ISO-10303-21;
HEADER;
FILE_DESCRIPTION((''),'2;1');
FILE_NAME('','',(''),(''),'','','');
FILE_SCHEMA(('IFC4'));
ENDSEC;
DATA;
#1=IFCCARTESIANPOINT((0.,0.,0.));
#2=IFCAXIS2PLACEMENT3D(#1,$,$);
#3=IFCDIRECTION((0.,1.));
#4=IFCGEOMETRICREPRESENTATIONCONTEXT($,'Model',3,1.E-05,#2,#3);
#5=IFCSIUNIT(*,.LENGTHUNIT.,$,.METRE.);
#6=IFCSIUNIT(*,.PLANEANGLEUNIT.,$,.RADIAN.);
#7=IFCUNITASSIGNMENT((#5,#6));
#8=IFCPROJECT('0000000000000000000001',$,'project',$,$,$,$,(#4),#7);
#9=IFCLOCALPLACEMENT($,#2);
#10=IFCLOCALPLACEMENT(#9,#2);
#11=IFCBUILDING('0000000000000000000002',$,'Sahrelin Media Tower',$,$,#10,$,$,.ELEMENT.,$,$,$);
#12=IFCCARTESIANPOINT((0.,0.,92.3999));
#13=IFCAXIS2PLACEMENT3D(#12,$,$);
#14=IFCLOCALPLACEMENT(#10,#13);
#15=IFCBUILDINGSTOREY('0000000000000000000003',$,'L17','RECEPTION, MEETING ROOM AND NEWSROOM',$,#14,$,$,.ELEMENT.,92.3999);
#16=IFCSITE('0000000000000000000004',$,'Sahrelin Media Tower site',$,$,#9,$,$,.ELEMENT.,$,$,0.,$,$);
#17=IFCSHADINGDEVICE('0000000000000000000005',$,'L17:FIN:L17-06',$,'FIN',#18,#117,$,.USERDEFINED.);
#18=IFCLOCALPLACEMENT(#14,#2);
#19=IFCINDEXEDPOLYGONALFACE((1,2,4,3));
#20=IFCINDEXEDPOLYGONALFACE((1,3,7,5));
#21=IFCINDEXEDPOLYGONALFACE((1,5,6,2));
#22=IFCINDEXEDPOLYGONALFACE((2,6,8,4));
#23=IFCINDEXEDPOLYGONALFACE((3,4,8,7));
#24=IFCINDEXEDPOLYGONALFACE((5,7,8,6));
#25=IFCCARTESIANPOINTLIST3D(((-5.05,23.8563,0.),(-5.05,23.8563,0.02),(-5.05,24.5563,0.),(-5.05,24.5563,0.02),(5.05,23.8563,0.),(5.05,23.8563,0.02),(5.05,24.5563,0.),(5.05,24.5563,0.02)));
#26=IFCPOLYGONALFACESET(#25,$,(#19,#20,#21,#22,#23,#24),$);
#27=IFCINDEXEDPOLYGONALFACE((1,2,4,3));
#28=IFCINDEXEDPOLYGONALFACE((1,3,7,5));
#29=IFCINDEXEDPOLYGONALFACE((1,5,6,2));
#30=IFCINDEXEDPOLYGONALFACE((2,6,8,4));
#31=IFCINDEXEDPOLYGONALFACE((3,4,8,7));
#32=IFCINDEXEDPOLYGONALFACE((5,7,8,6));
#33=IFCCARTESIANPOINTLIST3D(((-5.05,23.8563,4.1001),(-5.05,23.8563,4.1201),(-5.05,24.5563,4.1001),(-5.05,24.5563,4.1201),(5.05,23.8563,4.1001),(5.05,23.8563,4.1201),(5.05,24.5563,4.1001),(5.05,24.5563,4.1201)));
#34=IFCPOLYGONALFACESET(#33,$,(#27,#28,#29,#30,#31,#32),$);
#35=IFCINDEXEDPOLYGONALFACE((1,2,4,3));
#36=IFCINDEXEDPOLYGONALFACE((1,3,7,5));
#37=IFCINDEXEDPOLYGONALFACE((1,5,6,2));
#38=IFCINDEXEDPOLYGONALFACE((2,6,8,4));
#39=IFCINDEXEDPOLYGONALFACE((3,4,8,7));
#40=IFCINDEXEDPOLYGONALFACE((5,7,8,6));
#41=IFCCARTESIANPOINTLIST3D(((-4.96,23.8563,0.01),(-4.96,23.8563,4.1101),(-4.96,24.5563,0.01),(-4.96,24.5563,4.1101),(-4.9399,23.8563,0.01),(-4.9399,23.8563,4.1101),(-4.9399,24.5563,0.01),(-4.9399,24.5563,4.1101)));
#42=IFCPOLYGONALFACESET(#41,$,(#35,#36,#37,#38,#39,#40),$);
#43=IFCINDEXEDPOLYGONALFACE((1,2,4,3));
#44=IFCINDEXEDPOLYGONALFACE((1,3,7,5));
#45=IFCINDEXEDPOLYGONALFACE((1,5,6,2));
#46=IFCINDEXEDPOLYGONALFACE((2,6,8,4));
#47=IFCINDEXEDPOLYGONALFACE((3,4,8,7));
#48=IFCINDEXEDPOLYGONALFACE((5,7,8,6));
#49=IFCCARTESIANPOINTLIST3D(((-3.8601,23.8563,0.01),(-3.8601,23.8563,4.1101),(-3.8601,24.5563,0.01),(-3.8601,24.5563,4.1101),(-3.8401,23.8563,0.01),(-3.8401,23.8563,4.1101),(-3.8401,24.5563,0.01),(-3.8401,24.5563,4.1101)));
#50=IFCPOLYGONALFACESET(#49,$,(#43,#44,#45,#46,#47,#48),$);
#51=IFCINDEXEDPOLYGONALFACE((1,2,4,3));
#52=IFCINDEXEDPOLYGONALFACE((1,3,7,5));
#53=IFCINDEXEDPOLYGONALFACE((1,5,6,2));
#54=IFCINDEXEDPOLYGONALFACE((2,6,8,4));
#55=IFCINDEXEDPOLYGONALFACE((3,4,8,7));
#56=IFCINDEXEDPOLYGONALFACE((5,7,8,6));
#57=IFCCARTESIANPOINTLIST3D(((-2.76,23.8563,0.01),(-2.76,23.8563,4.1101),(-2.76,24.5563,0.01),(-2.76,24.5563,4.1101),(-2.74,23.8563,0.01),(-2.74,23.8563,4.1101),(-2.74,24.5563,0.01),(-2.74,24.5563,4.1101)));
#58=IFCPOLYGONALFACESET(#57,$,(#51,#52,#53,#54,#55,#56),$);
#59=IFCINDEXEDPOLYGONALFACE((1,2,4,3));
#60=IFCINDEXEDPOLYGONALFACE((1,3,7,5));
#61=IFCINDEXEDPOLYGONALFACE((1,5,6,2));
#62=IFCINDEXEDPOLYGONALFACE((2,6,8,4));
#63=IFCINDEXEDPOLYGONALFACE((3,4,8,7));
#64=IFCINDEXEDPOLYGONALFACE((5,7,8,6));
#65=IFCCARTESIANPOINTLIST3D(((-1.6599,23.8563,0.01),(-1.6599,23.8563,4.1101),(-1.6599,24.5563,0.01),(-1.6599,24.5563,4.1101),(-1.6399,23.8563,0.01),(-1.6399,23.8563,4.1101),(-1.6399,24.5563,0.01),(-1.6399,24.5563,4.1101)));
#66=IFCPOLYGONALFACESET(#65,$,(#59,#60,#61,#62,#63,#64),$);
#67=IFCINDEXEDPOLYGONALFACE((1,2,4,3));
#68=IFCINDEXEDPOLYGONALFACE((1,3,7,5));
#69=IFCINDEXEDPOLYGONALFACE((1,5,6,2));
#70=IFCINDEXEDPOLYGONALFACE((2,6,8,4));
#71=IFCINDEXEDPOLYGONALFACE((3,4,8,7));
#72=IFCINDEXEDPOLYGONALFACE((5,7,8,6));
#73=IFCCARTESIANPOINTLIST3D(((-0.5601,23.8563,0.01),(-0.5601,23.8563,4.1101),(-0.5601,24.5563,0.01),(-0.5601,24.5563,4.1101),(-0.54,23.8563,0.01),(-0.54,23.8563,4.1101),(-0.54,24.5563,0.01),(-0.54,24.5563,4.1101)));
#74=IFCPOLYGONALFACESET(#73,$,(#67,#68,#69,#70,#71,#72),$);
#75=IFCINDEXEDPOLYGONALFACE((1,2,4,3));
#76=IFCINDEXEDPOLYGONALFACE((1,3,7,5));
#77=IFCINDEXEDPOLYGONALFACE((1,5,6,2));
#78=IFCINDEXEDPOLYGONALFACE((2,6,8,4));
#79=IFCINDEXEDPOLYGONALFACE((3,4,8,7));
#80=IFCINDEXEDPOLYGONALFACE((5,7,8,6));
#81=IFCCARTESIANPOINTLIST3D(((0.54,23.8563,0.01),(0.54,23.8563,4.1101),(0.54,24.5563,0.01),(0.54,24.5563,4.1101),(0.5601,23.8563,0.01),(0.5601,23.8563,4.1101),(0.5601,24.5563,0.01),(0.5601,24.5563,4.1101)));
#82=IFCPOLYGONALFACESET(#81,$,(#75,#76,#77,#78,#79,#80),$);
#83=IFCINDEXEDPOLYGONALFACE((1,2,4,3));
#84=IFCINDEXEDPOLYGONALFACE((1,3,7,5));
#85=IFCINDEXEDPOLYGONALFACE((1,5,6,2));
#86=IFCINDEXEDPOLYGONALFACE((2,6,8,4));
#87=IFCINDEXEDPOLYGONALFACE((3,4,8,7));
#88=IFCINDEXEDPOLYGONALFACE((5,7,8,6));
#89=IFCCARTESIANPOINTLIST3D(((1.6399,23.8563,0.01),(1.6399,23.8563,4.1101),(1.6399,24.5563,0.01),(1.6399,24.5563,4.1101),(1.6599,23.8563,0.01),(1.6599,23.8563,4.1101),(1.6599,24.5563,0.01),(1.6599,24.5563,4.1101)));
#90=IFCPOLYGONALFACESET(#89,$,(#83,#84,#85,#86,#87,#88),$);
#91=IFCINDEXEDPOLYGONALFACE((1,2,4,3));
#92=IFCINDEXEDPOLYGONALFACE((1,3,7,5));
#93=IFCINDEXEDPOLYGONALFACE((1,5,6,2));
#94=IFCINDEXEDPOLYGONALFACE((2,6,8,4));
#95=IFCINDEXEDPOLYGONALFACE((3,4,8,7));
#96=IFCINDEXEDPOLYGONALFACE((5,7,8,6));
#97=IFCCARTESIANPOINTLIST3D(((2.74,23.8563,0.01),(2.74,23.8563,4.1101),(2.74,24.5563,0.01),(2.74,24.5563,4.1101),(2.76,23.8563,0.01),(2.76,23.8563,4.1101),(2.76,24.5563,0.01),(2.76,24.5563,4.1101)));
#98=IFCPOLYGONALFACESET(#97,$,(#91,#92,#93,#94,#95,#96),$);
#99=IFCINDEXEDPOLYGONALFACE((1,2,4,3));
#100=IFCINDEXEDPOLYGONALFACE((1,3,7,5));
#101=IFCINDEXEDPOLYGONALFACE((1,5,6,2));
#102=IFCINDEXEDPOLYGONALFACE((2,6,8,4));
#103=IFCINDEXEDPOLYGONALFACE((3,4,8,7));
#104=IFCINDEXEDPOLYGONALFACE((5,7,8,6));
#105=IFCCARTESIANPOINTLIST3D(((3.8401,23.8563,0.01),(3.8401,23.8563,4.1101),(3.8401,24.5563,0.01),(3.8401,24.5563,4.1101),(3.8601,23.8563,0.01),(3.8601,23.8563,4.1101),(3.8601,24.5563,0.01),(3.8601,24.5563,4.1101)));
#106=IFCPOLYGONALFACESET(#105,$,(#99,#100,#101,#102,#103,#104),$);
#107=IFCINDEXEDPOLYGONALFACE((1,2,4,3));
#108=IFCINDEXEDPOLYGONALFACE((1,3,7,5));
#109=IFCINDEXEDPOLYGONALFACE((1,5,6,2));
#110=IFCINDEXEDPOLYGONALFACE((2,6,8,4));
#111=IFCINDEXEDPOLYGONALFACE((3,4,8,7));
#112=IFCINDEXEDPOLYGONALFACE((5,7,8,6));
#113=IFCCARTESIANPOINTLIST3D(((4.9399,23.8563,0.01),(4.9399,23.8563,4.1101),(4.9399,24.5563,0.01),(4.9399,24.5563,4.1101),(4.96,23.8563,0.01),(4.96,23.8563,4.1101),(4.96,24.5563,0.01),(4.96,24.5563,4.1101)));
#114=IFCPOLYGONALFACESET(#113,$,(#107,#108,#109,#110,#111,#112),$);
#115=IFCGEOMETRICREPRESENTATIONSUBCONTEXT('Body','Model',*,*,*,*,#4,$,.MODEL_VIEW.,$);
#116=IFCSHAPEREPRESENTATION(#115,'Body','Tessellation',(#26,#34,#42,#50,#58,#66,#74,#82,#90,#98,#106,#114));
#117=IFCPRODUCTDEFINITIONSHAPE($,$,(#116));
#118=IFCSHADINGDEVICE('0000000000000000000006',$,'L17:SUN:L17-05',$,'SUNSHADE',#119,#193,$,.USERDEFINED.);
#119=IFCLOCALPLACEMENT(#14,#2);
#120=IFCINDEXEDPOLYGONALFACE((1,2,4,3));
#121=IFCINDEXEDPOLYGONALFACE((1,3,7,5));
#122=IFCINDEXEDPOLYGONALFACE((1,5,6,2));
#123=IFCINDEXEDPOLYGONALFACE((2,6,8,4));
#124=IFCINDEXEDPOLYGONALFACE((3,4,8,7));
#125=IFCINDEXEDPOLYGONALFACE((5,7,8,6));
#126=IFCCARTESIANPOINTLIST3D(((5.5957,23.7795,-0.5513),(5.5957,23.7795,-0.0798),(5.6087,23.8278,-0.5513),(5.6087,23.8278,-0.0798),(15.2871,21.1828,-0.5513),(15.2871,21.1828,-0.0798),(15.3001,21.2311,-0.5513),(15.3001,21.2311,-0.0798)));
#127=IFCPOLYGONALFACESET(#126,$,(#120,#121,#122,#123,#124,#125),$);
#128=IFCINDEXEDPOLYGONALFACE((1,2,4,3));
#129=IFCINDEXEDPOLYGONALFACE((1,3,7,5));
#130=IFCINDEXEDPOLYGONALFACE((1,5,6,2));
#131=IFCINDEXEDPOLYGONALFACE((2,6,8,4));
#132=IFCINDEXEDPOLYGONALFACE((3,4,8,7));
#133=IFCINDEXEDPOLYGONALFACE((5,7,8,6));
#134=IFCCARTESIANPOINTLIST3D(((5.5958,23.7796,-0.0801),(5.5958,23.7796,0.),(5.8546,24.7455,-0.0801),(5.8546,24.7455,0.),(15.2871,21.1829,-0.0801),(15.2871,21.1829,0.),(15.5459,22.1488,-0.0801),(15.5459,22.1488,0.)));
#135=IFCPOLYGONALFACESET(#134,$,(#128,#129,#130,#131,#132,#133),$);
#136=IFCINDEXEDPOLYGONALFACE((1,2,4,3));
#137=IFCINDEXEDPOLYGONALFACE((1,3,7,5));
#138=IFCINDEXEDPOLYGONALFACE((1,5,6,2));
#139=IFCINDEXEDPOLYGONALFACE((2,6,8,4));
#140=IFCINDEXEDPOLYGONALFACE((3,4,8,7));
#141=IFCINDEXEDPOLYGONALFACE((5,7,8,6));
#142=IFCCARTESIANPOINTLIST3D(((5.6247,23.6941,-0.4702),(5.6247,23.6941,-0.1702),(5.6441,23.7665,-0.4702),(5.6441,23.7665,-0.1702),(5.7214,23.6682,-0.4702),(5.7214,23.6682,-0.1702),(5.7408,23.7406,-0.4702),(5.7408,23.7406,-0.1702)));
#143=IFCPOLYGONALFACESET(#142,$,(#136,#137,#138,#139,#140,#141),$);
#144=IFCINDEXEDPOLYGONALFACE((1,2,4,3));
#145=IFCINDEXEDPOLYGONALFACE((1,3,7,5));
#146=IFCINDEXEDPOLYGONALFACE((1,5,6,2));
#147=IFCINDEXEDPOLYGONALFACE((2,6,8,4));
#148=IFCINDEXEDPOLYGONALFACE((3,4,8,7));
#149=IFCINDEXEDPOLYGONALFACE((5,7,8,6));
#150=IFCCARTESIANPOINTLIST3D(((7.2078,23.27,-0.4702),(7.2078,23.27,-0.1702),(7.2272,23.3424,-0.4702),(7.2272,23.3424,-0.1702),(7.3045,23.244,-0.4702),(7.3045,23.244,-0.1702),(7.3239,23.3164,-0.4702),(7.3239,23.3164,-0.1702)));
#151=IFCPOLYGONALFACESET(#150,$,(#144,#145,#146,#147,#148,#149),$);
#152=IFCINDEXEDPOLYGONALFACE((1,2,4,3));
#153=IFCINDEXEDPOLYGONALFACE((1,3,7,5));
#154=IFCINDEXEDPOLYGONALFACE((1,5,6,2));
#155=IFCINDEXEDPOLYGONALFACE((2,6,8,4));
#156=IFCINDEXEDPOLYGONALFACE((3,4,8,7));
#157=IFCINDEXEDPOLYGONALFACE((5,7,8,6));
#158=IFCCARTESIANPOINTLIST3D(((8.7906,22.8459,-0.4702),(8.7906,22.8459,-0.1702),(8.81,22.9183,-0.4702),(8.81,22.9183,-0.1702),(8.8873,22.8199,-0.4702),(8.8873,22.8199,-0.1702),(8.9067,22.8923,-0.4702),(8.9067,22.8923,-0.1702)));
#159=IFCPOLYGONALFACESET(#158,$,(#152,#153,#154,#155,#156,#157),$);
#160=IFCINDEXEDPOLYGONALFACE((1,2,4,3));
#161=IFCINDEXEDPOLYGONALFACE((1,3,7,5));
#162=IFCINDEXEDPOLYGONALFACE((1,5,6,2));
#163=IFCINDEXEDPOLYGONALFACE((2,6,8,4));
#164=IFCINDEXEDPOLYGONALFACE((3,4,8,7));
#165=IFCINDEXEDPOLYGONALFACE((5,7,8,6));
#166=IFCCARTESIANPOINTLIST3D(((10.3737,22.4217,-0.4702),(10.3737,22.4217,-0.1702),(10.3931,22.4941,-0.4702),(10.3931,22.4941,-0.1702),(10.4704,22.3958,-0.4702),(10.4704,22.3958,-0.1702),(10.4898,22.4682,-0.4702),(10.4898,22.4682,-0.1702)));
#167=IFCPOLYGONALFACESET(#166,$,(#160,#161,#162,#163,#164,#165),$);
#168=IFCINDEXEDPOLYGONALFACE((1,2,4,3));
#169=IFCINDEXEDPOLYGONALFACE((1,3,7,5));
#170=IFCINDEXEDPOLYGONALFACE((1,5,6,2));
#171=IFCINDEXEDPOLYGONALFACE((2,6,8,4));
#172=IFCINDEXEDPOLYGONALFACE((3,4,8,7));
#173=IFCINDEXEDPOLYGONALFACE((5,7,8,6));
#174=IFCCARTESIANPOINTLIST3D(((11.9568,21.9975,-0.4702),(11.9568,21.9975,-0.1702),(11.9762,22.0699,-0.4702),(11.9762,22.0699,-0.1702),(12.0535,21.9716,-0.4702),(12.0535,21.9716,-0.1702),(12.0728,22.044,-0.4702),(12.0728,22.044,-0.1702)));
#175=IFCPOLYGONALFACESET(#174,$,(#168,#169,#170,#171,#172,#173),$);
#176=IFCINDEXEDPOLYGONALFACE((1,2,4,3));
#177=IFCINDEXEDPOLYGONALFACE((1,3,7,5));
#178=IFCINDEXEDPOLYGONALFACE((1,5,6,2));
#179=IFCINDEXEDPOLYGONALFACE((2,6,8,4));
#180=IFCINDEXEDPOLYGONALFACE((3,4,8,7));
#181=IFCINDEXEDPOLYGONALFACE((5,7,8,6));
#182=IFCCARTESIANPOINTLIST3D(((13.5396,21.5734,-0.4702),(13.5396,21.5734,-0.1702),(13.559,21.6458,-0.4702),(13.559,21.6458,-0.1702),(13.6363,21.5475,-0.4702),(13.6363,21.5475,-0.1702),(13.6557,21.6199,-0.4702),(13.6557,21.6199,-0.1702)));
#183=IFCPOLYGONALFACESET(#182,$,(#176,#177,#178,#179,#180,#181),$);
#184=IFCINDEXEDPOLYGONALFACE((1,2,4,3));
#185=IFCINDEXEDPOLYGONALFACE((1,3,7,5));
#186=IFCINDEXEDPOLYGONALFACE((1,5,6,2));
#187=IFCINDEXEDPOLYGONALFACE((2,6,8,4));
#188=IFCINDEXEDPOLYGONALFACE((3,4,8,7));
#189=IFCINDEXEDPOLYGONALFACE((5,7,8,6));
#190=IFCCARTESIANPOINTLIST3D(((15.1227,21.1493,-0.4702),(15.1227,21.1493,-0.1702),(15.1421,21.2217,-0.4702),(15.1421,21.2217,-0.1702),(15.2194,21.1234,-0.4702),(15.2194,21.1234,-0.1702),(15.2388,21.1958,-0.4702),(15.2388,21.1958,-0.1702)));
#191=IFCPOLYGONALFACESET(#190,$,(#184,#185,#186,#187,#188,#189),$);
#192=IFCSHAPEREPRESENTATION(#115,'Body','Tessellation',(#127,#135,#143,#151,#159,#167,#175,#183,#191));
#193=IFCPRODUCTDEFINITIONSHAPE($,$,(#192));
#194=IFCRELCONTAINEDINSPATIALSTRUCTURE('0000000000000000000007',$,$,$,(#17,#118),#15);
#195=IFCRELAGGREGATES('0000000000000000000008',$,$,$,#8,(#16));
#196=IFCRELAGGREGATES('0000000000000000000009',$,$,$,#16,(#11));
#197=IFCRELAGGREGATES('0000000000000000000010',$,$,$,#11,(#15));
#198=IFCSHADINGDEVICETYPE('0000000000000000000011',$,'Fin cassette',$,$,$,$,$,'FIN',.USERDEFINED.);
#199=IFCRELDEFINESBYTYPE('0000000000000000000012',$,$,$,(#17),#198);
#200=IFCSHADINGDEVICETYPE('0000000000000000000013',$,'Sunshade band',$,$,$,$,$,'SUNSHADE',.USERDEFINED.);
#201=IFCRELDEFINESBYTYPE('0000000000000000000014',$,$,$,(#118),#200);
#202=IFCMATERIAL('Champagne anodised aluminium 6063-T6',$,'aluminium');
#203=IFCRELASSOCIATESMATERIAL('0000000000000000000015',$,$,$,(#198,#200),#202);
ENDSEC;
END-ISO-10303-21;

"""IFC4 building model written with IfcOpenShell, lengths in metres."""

from ifc_helpers import new_model, si_unit, direction, frame, origin, origin_2d, place, context, subcontext, project, spatial, rectangle, extrude, material, type_object, element, save


model = new_model("IFC4")

# Units and contexts
model_context = context("Model", 3, precision=1e-05, world=origin(), true_north=direction((0.0, 1.0)))
body_context = subcontext(model_context, "Body", "Model", "MODEL_VIEW")
ifc_project = project(units=[si_unit("LENGTHUNIT", "METRE"), si_unit("PLANEANGLEUNIT", "RADIAN")], contexts=[model_context])

# Site, building, storey
site_placement = place(None, origin())
site = spatial("IfcSite", under=ifc_project, at=site_placement, Name="Sahrelin Media Tower site", CompositionType="ELEMENT", RefElevation=0.0)
building_placement = place(site_placement, origin())
building = spatial("IfcBuilding", under=site, at=building_placement, Name="Sahrelin Media Tower", CompositionType="ELEMENT")
storey_placement = place(building_placement, frame((0.0, 0.0, 92.3999)))
storey = spatial("IfcBuildingStorey", under=building, at=storey_placement, Name="L17", Description="RECEPTION, MEETING ROOM AND NEWSROOM", CompositionType="ELEMENT", Elevation=92.3999)

# Shared definitions
ifc_material_1 = material(Name="Champagne anodised aluminium 6063-T6", Category="aluminium")
placement_1 = place(storey_placement, frame((0.0, 23.7864, 0.0), z_axis=(0.0, 0.0, 1.0), x_axis=(1.0, 0.0, 0.0)))

# Shading devices
shading_device_type_1 = type_object("IfcShadingDeviceType", Name="Fin cassette", ElementType="FIN", PredefinedType="USERDEFINED", material=ifc_material_1)
placement_2 = place(storey_placement, frame((10.4363, 22.4619, 0.0), z_axis=(0.0, 0.0, 1.0), x_axis=(0.965929, -0.258808, 0.0)))
element("IfcShadingDevice", 1, at=placement_1, inside=storey, type_object=shading_device_type_1, Name="L17:FIN:L17-06", ObjectType="FIN", PredefinedType="USERDEFINED", context=body_context, shape_type="SweptSolid", body=[
    extrude(rectangle(XDim=10.1001, YDim=0.7, at=origin_2d()), frame((0.0, 0.4199, 0.0)), (0.0, 0.0, 1.0), 0.02),
    extrude(rectangle(XDim=10.1001, YDim=0.7, at=origin_2d()), frame((0.0, 0.4199, 4.1001)), (0.0, 0.0, 1.0), 0.02),
    extrude(rectangle(XDim=0.02, YDim=0.7, at=origin_2d()), frame((-4.95, 0.4199, 0.01), z_axis=(0.0, 0.0, 1.0), x_axis=(1.0, 0.0, 0.0)), (0.0, 0.0, 1.0), 4.1001),
    extrude(rectangle(XDim=0.02, YDim=0.7, at=origin_2d()), frame((-3.8501, 0.4199, 0.01), z_axis=(0.0, 0.0, 1.0), x_axis=(1.0, 0.0, 0.0)), (0.0, 0.0, 1.0), 4.1001),
    extrude(rectangle(XDim=0.02, YDim=0.7, at=origin_2d()), frame((-2.75, 0.4199, 0.01), z_axis=(0.0, 0.0, 1.0), x_axis=(1.0, 0.0, 0.0)), (0.0, 0.0, 1.0), 4.1001),
    extrude(rectangle(XDim=0.02, YDim=0.7, at=origin_2d()), frame((-1.6499, 0.4199, 0.01), z_axis=(0.0, 0.0, 1.0), x_axis=(1.0, 0.0, 0.0)), (0.0, 0.0, 1.0), 4.1001),
    extrude(rectangle(XDim=0.02, YDim=0.7, at=origin_2d()), frame((-0.55, 0.4199, 0.01), z_axis=(0.0, 0.0, 1.0), x_axis=(1.0, 0.0, 0.0)), (0.0, 0.0, 1.0), 4.1001),
    extrude(rectangle(XDim=0.02, YDim=0.7, at=origin_2d()), frame((0.55, 0.4199, 0.01), z_axis=(0.0, 0.0, 1.0), x_axis=(1.0, 0.0, 0.0)), (0.0, 0.0, 1.0), 4.1001),
    extrude(rectangle(XDim=0.02, YDim=0.7, at=origin_2d()), frame((1.6499, 0.4199, 0.01), z_axis=(0.0, 0.0, 1.0), x_axis=(1.0, 0.0, 0.0)), (0.0, 0.0, 1.0), 4.1001),
    extrude(rectangle(XDim=0.02, YDim=0.7, at=origin_2d()), frame((2.75, 0.4199, 0.01), z_axis=(0.0, 0.0, 1.0), x_axis=(1.0, 0.0, 0.0)), (0.0, 0.0, 1.0), 4.1001),
    extrude(rectangle(XDim=0.02, YDim=0.7, at=origin_2d()), frame((3.8501, 0.4199, 0.01), z_axis=(0.0, 0.0, 1.0), x_axis=(1.0, 0.0, 0.0)), (0.0, 0.0, 1.0), 4.1001),
    extrude(rectangle(XDim=0.02, YDim=0.7, at=origin_2d()), frame((4.95, 0.4199, 0.01), z_axis=(0.0, 0.0, 1.0), x_axis=(1.0, 0.0, 0.0)), (0.0, 0.0, 1.0), 4.1001),
])
shading_device_type_2 = type_object("IfcShadingDeviceType", Name="Sunshade band", ElementType="SUNSHADE", PredefinedType="USERDEFINED", material=ifc_material_1)
element("IfcShadingDevice", 2, at=placement_2, inside=storey, type_object=shading_device_type_2, Name="L17:SUN:L17-05", ObjectType="SUNSHADE", PredefinedType="USERDEFINED", context=body_context, shape_type="SweptSolid", body=[
    extrude(rectangle(XDim=10.0332, YDim=0.05, at=origin_2d()), frame((0.0, 0.0449, -0.5513)), (0.0, 0.0, 1.0), 0.4714),
    extrude(rectangle(XDim=10.0332, YDim=1.0, at=origin_2d()), frame((0.0, 0.52, -0.0801)), (0.0, 0.0, 1.0), 0.0801),
    extrude(rectangle(XDim=0.1001, YDim=0.075, at=origin_2d()), frame((-4.9165, -0.0176, -0.4702)), (0.0, 0.0, 1.0), 0.3),
    extrude(rectangle(XDim=0.1001, YDim=0.075, at=origin_2d()), frame((-3.2776, -0.0176, -0.4702)), (0.0, 0.0, 1.0), 0.3),
    extrude(rectangle(XDim=0.1001, YDim=0.075, at=origin_2d()), frame((-1.6389, -0.0176, -0.4702)), (0.0, 0.0, 1.0), 0.3),
    extrude(rectangle(XDim=0.1001, YDim=0.075, at=origin_2d()), frame((0.0, -0.0176, -0.4702)), (0.0, 0.0, 1.0), 0.3),
    extrude(rectangle(XDim=0.1001, YDim=0.075, at=origin_2d()), frame((1.6389, -0.0176, -0.4702)), (0.0, 0.0, 1.0), 0.3),
    extrude(rectangle(XDim=0.1001, YDim=0.075, at=origin_2d()), frame((3.2776, -0.0176, -0.4702)), (0.0, 0.0, 1.0), 0.3),
    extrude(rectangle(XDim=0.1001, YDim=0.075, at=origin_2d()), frame((4.9165, -0.0176, -0.4702)), (0.0, 0.0, 1.0), 0.3),
])

save(model, "model.ifc")
